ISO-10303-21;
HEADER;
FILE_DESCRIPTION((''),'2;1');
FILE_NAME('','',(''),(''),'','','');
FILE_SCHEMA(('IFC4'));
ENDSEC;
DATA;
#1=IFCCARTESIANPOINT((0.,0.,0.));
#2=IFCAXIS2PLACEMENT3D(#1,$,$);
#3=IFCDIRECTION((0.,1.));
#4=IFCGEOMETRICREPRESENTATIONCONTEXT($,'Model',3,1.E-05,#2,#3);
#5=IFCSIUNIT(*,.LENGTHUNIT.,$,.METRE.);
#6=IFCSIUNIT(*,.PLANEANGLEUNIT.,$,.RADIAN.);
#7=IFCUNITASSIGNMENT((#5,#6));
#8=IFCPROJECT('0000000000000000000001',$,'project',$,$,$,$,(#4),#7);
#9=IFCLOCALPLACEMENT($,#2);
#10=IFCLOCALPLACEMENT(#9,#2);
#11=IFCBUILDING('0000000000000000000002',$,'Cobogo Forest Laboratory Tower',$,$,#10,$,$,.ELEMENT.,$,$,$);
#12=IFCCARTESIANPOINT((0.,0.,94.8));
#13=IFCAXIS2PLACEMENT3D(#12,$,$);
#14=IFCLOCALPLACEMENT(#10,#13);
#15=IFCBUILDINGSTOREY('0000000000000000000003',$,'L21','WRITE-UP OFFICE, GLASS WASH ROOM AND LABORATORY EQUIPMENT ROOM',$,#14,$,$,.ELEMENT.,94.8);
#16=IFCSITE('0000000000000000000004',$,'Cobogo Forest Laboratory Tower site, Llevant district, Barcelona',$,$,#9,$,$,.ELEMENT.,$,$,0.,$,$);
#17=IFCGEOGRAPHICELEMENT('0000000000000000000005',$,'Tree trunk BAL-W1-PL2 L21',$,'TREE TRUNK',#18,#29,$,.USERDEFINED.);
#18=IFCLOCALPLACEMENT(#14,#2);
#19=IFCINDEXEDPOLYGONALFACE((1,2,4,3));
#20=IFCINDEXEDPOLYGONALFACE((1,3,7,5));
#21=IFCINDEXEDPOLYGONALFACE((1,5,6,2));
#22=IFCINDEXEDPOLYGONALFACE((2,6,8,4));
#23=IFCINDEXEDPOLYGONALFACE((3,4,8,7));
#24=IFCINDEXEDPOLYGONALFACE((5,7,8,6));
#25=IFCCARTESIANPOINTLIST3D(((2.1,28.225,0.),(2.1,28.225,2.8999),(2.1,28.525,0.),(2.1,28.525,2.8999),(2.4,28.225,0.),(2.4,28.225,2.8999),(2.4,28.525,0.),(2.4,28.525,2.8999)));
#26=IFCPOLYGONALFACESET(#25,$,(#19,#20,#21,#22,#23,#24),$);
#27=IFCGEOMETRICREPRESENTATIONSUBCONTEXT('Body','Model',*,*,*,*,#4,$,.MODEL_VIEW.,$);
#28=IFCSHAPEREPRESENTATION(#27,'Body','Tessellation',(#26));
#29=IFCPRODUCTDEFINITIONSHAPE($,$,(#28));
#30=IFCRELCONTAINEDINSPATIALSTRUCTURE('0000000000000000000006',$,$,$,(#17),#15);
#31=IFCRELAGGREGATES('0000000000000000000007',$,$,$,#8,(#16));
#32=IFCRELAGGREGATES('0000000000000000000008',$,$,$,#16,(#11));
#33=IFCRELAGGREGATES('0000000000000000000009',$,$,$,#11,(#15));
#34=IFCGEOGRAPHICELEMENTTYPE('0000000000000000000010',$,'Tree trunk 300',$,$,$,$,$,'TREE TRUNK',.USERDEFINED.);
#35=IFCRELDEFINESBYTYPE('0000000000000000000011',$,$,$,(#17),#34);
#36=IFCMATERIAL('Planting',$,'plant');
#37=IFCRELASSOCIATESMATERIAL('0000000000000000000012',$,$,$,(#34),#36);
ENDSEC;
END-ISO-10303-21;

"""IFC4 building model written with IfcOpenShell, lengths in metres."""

from ifc_helpers import new_model, si_unit, direction, frame, origin, origin_2d, place, context, subcontext, project, spatial, rectangle, extrude, material, type_object, element, save


model = new_model("IFC4")

# Units and contexts
model_context = context("Model", 3, precision=1e-05, world=origin(), true_north=direction((0.0, 1.0)))
body_context = subcontext(model_context, "Body", "Model", "MODEL_VIEW")
ifc_project = project(units=[si_unit("LENGTHUNIT", "METRE"), si_unit("PLANEANGLEUNIT", "RADIAN")], contexts=[model_context])

# Site, building, storey
site_placement = place(None, origin())
site = spatial("IfcSite", under=ifc_project, at=site_placement, Name="Cobogo Forest Laboratory Tower site, Llevant district, Barcelona", CompositionType="ELEMENT", RefElevation=0.0)
building_placement = place(site_placement, origin())
building = spatial("IfcBuilding", under=site, at=building_placement, Name="Cobogo Forest Laboratory Tower", CompositionType="ELEMENT")
storey_placement = place(building_placement, frame((0.0, 0.0, 94.8)))
storey = spatial("IfcBuildingStorey", under=building, at=storey_placement, Name="L21", Description="WRITE-UP OFFICE, GLASS WASH ROOM AND LABORATORY EQUIPMENT ROOM", CompositionType="ELEMENT", Elevation=94.8)

# Geographic element
ifc_material_1 = material(Name="Planting", Category="plant")
geographic_element_type = type_object("IfcGeographicElementType", Name="Tree trunk 300", ElementType="TREE TRUNK", PredefinedType="USERDEFINED", material=ifc_material_1)
for number, where, z_axis, x_axis, name in (
    (1, (2.25, 28.375, 0.0), (0.0, 0.0, 1.0), (1.0, 0.0, 0.0), "Tree trunk BAL-W1-PL2 L21"),
):
    element("IfcGeographicElement", number, at=place(storey_placement, frame(where, z_axis=z_axis, x_axis=x_axis)), inside=storey, type_object=geographic_element_type, Name=name, ObjectType="TREE TRUNK", PredefinedType="USERDEFINED", context=body_context, shape_type="SweptSolid", body=[
        extrude(rectangle(XDim=0.3, YDim=0.3, at=origin_2d()), origin(), (0.0, 0.0, 1.0), 2.8999),
    ])

save(model, "model.ifc")
